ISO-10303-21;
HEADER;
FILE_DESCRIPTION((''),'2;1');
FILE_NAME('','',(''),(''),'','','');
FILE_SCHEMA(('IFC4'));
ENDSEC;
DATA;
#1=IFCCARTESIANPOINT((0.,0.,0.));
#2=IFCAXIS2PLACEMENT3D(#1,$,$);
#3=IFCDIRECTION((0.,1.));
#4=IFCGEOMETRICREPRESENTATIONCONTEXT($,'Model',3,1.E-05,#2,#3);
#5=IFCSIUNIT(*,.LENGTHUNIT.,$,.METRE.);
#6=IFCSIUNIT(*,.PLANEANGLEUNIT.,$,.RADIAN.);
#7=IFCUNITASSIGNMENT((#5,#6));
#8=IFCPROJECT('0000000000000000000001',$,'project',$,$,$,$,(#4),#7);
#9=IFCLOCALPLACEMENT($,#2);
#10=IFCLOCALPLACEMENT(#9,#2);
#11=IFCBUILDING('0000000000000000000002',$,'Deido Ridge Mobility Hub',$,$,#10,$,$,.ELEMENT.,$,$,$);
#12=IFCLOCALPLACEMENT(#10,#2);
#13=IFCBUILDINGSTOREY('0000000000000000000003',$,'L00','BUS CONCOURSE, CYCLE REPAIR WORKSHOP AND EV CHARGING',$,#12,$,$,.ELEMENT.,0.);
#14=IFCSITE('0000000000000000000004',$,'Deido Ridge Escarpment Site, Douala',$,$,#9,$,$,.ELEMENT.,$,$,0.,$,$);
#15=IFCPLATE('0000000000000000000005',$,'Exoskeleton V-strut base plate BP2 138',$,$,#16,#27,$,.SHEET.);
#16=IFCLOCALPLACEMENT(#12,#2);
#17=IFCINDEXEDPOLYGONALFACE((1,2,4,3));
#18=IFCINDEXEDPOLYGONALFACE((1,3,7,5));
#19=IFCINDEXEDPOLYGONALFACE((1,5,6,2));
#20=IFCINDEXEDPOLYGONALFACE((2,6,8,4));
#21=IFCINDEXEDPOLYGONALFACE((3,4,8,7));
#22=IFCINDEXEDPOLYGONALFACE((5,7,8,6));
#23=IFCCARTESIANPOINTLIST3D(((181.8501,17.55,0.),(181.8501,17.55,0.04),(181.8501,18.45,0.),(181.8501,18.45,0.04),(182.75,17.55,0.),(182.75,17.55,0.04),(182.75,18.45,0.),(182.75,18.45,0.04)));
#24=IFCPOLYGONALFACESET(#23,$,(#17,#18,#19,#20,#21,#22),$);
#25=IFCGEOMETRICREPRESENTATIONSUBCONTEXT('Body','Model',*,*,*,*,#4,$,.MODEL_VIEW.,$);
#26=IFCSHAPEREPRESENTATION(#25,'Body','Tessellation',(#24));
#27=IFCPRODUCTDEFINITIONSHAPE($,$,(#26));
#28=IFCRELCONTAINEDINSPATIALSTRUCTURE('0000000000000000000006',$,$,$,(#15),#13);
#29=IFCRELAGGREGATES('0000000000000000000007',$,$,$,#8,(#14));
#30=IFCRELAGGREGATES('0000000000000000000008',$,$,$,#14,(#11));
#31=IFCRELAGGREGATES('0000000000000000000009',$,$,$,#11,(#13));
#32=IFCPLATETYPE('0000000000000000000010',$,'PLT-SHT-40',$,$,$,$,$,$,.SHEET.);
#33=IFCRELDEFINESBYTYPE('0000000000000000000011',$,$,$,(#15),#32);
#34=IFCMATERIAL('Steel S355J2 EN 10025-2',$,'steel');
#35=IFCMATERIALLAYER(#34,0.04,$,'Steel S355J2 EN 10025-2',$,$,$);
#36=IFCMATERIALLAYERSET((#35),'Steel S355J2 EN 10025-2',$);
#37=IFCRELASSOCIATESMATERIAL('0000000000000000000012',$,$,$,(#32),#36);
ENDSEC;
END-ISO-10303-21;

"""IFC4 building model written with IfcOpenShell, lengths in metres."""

from ifc_helpers import new_model, si_unit, direction, frame, origin, origin_2d, place, context, subcontext, project, spatial, rectangle, extrude, material, layer, layer_set, type_object, element, save


model = new_model("IFC4")

# Units and contexts
model_context = context("Model", 3, precision=1e-05, world=origin(), true_north=direction((0.0, 1.0)))
body_context = subcontext(model_context, "Body", "Model", "MODEL_VIEW")
ifc_project = project(units=[si_unit("LENGTHUNIT", "METRE"), si_unit("PLANEANGLEUNIT", "RADIAN")], contexts=[model_context])

# Site, building, storey
site_placement = place(None, origin())
site = spatial("IfcSite", under=ifc_project, at=site_placement, Name="Deido Ridge Escarpment Site, Douala", CompositionType="ELEMENT", RefElevation=0.0)
building_placement = place(site_placement, origin())
building = spatial("IfcBuilding", under=site, at=building_placement, Name="Deido Ridge Mobility Hub", CompositionType="ELEMENT")
storey_placement = place(building_placement, origin())
storey = spatial("IfcBuildingStorey", under=building, at=storey_placement, Name="L00", Description="BUS CONCOURSE, CYCLE REPAIR WORKSHOP AND EV CHARGING", CompositionType="ELEMENT", Elevation=0.0)

# Plate
ifc_material_1 = material(Name="Steel S355J2 EN 10025-2", Category="steel")
ifc_layer_1 = layer(ifc_material_1, 0.04, Name="Steel S355J2 EN 10025-2")
ifc_layer_set_1 = layer_set([ifc_layer_1], Name="Steel S355J2 EN 10025-2")
plate_type_1 = type_object("IfcPlateType", Name="PLT-SHT-40", PredefinedType="SHEET", material=ifc_layer_set_1)
plate_1_placement = place(storey_placement, frame((182.3, 18.0, 0.0), z_axis=(0.0, 0.0, 1.0), x_axis=(1.0, 0.0, 0.0)))
element("IfcPlate", 1, at=plate_1_placement, inside=storey, type_object=plate_type_1, Name="Exoskeleton V-strut base plate BP2 138", PredefinedType="SHEET", context=body_context, shape_type="SweptSolid", body=[
    extrude(rectangle(XDim=0.8999, YDim=0.8999, at=origin_2d()), origin(), (0.0, 0.0, 1.0), 0.04),
])

save(model, "model.ifc")
